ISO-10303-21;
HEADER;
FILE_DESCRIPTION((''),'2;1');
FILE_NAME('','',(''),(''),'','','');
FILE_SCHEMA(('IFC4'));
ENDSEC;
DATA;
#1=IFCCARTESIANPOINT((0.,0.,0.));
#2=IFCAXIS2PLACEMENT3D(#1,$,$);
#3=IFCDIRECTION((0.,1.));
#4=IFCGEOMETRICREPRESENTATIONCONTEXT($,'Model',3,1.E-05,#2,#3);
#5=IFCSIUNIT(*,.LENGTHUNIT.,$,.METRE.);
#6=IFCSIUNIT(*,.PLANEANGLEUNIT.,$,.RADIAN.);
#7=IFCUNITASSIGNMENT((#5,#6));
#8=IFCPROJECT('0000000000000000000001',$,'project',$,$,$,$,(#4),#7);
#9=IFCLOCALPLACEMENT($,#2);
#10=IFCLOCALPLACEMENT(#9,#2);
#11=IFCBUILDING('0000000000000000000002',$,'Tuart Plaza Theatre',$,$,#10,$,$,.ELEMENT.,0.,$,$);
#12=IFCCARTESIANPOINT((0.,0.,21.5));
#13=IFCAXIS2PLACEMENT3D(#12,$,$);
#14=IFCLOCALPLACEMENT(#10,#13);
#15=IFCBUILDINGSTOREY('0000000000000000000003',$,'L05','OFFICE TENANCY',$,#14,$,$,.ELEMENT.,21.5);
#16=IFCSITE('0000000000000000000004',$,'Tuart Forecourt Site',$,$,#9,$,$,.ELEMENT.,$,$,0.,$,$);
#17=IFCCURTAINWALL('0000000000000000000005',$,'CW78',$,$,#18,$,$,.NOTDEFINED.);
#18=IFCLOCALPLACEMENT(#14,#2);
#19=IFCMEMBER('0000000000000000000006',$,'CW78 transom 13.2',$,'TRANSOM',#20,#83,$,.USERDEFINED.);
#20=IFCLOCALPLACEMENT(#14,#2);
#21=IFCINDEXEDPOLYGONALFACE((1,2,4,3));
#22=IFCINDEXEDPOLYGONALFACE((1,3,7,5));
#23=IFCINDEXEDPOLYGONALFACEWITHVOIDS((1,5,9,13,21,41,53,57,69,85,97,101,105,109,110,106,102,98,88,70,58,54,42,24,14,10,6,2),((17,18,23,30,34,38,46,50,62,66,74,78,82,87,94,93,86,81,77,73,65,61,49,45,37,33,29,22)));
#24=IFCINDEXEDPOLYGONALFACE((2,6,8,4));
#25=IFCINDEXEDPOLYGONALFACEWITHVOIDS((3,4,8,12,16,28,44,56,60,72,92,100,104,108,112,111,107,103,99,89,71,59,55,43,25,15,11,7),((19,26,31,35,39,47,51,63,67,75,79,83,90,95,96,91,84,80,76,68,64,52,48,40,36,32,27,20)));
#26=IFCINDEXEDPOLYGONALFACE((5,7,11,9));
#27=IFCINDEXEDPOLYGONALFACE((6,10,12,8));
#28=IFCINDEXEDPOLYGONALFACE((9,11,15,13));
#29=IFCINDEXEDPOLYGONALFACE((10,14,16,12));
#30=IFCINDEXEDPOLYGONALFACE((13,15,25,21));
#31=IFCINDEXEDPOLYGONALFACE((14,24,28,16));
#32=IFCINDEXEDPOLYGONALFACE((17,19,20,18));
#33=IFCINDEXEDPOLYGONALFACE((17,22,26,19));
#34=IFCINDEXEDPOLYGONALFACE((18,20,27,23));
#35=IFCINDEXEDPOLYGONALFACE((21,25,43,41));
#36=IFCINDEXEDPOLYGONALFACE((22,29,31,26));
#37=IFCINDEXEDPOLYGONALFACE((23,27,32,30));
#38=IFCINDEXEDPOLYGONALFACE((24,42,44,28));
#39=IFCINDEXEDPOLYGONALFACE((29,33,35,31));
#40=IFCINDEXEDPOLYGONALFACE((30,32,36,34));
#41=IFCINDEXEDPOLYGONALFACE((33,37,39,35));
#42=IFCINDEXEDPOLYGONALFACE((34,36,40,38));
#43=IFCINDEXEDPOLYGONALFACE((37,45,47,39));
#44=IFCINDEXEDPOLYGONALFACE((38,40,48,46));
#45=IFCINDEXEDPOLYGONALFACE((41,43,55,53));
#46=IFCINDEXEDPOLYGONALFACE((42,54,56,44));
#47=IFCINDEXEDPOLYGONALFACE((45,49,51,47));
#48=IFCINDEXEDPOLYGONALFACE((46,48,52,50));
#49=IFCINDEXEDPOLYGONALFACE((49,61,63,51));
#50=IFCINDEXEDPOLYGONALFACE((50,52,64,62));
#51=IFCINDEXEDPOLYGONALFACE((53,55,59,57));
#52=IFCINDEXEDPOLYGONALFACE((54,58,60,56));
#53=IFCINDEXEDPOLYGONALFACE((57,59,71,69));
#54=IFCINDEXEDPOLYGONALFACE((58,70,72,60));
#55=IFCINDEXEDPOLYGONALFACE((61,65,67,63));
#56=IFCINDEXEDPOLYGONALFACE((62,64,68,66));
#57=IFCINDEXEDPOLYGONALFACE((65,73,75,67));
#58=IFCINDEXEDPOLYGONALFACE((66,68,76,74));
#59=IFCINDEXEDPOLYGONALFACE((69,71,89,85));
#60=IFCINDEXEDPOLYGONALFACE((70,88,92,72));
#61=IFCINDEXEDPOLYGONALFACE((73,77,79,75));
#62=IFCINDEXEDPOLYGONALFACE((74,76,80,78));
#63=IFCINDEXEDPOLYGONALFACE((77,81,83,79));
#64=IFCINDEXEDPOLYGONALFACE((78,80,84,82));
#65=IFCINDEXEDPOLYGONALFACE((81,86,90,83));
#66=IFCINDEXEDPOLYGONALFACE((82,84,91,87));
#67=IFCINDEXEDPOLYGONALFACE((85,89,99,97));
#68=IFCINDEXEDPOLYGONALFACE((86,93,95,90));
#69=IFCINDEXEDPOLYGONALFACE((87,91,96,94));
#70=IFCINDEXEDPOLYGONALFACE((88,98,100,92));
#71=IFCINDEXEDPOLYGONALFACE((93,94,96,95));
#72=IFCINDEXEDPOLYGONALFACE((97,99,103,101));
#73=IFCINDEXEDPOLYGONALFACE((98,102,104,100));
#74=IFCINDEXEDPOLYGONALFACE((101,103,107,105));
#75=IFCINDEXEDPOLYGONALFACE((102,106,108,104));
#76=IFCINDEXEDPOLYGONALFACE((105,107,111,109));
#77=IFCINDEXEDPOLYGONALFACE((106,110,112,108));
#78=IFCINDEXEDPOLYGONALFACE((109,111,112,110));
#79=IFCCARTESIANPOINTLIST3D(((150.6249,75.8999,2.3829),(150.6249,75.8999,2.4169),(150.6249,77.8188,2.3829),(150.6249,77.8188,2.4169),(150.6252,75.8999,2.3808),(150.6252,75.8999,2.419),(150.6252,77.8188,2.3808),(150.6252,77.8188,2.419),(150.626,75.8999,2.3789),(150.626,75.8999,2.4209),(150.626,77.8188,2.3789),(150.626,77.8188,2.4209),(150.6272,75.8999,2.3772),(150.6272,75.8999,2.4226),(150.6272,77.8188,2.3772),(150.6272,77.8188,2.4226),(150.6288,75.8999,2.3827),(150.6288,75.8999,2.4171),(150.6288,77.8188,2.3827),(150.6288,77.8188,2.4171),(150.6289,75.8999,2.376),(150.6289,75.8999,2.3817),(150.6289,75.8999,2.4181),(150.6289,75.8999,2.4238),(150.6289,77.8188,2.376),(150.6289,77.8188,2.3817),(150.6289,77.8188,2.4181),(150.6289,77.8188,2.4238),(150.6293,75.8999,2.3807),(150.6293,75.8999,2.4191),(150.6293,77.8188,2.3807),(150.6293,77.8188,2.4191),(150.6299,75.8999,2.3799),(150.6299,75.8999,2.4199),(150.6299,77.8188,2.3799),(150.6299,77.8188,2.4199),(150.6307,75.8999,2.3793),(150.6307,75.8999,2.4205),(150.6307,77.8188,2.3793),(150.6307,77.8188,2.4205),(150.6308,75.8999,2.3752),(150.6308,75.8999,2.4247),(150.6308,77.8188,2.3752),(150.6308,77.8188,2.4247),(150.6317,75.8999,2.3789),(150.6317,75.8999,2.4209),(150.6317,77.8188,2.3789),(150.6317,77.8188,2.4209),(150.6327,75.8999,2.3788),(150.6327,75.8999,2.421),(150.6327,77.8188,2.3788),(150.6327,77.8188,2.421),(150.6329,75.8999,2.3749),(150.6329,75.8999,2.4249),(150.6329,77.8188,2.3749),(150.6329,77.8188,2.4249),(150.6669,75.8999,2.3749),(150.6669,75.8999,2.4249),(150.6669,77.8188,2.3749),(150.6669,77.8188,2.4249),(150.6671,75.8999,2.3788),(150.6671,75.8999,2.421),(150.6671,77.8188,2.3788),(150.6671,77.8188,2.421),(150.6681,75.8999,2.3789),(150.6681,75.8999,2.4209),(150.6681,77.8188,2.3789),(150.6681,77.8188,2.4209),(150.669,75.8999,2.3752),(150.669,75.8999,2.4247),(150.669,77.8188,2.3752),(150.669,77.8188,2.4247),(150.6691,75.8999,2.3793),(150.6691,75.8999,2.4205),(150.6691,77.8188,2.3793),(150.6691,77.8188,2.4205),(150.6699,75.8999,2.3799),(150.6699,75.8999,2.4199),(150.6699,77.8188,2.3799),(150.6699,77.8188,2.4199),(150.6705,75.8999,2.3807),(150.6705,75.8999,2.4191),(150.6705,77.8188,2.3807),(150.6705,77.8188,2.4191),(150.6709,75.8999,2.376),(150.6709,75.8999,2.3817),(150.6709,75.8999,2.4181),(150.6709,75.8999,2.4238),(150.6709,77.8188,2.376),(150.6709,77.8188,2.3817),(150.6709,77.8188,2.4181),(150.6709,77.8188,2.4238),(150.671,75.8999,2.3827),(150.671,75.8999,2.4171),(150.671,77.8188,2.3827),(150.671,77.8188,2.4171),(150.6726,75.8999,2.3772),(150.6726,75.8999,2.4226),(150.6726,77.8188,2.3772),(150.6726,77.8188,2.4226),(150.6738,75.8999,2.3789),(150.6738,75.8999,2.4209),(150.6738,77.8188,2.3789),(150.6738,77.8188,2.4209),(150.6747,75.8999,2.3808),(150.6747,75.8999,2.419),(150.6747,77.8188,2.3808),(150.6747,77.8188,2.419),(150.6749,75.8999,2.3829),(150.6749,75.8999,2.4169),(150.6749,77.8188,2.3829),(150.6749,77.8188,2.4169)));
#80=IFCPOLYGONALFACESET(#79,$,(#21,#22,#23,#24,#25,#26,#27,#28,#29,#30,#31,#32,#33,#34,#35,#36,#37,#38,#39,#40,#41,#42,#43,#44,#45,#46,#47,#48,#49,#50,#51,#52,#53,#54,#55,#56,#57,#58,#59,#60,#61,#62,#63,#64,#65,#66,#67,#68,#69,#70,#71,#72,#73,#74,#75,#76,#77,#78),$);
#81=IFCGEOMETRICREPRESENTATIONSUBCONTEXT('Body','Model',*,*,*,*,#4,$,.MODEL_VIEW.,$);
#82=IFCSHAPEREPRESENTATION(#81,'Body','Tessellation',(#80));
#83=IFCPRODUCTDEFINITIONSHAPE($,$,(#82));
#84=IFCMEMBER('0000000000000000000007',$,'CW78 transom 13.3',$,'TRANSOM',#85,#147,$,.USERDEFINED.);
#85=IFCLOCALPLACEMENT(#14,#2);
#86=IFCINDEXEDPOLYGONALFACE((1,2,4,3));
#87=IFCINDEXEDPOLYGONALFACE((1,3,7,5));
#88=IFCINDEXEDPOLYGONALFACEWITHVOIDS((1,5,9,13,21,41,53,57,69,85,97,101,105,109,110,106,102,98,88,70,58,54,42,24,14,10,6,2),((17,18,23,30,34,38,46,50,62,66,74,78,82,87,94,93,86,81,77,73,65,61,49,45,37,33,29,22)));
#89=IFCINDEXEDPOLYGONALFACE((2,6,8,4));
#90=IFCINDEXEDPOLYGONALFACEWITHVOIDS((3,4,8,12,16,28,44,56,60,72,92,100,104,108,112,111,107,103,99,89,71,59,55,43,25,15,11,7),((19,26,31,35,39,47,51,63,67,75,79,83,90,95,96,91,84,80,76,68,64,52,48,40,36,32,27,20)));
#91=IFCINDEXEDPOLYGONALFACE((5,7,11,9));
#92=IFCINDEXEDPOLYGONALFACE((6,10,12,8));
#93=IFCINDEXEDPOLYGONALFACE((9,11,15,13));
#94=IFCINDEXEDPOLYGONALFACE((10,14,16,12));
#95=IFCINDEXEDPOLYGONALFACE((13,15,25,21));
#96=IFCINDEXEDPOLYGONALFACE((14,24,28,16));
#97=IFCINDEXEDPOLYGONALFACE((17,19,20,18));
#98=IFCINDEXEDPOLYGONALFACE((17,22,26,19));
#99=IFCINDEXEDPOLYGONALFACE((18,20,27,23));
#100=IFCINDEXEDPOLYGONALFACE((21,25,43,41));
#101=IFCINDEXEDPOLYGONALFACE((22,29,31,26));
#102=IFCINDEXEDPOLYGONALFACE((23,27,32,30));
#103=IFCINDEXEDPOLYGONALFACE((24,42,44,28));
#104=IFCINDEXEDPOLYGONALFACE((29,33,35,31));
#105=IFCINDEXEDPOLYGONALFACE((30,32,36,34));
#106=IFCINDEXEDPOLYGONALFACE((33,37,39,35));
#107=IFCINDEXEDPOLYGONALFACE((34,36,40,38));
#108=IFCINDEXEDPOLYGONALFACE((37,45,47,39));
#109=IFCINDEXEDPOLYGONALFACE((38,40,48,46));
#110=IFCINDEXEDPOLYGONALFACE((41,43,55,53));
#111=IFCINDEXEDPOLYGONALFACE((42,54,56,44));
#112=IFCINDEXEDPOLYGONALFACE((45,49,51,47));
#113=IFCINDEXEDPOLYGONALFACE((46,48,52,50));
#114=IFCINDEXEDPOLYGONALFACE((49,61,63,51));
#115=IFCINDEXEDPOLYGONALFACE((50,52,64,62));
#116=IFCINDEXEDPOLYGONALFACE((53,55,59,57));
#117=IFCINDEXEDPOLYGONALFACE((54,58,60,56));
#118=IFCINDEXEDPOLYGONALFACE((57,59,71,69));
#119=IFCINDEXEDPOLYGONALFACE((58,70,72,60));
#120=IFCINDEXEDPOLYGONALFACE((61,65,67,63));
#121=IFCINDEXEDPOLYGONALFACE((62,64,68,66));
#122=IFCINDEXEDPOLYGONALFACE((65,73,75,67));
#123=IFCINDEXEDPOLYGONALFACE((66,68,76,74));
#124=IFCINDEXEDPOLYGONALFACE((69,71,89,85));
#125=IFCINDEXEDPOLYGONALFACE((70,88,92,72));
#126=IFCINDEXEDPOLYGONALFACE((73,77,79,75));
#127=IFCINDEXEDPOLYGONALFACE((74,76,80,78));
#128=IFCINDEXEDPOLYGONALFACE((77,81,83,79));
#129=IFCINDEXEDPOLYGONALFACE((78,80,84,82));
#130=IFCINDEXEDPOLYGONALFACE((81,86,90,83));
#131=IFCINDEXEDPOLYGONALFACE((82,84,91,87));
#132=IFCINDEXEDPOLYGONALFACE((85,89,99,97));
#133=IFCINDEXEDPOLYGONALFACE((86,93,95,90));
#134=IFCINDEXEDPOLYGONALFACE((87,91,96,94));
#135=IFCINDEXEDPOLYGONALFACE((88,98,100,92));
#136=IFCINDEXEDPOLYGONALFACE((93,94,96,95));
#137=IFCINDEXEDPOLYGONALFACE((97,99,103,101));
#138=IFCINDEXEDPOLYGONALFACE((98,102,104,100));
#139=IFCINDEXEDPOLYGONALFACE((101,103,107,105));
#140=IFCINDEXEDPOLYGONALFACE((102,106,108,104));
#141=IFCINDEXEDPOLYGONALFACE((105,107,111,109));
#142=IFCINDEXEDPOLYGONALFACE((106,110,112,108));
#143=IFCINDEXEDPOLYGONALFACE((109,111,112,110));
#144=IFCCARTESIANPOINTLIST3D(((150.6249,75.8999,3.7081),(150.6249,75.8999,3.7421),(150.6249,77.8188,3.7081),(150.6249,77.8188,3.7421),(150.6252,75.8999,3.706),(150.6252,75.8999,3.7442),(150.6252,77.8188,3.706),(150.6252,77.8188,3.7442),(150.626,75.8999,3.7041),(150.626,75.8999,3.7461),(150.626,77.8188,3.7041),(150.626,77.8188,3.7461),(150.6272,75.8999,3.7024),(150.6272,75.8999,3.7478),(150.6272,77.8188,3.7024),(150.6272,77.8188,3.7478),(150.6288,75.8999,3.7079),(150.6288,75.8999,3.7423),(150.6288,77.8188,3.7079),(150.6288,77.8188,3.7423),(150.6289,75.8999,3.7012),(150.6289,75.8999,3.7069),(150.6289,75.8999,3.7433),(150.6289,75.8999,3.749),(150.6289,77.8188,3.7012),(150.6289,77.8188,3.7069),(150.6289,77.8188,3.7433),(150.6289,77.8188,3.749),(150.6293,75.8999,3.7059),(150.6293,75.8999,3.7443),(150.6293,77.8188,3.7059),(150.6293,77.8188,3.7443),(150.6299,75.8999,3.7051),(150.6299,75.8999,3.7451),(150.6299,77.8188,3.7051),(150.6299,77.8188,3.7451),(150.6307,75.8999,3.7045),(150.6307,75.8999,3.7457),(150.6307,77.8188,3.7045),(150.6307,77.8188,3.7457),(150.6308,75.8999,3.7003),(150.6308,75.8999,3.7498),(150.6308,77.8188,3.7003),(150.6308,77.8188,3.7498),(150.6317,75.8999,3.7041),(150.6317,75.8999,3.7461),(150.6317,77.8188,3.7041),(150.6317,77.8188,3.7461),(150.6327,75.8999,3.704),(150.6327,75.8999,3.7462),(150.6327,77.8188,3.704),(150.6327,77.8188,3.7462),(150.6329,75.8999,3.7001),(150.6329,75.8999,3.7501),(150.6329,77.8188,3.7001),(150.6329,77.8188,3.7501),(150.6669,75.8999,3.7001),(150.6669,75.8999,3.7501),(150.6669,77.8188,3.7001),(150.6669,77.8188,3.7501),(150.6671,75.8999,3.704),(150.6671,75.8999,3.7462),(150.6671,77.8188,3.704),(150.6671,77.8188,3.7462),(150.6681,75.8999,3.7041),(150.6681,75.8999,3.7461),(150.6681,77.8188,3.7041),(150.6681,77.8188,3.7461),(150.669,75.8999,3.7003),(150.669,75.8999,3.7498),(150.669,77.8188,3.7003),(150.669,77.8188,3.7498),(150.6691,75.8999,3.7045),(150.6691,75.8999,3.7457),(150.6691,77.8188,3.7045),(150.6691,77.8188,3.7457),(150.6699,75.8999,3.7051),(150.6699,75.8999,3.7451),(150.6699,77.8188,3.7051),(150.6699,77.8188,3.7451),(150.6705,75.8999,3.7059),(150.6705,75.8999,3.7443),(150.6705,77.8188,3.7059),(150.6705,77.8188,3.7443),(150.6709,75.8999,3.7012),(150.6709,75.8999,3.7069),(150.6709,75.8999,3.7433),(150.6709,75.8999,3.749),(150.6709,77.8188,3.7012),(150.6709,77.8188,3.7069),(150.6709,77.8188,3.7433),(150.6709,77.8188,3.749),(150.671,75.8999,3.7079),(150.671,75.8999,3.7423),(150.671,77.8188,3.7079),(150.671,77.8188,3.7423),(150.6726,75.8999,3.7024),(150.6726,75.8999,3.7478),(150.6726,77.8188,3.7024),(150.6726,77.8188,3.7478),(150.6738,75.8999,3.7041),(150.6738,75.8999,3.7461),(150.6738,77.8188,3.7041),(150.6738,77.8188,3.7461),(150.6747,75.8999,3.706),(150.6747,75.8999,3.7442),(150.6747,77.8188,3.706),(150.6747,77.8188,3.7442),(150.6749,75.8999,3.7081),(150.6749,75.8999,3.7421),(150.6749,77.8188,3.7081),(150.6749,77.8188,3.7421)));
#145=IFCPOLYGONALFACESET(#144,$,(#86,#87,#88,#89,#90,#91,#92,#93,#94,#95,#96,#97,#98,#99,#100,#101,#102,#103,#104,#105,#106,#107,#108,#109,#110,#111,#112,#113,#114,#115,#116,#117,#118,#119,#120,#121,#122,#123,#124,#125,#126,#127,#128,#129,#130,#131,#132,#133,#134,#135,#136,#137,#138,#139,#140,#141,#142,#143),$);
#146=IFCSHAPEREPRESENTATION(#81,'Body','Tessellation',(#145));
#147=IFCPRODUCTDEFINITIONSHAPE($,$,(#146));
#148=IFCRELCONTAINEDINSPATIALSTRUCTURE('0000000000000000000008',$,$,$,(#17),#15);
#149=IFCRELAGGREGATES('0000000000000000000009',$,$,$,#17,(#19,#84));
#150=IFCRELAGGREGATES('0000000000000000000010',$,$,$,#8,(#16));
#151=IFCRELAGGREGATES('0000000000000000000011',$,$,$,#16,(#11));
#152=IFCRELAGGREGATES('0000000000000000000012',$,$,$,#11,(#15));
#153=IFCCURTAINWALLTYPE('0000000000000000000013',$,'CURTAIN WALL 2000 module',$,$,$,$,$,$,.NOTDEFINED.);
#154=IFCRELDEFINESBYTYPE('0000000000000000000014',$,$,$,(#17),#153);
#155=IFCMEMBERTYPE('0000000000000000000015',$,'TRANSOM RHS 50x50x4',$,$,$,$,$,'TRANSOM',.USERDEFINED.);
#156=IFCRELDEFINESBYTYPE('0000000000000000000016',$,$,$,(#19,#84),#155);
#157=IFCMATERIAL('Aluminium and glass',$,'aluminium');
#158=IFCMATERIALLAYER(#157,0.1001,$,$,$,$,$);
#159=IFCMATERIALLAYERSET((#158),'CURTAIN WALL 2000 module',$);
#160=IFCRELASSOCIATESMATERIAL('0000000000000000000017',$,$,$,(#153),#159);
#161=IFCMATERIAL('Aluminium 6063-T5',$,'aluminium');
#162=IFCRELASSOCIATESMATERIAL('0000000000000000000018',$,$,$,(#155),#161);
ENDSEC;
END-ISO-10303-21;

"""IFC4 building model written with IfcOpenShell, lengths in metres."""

from ifc_helpers import new_model, si_unit, direction, frame, origin, origin_2d, place, context, subcontext, project, spatial, hollow_rectangle, extrude, material, layer, layer_set, material_profile, profile_set, type_object, element, aggregate, save


model = new_model("IFC4")

# Units and contexts
model_context = context("Model", 3, precision=1e-05, world=origin(), true_north=direction((0.0, 1.0)))
body_context = subcontext(model_context, "Body", "Model", "MODEL_VIEW")
ifc_project = project(units=[si_unit("LENGTHUNIT", "METRE"), si_unit("PLANEANGLEUNIT", "RADIAN")], contexts=[model_context])

# Site, building, storey
site_placement = place(None, origin())
site = spatial("IfcSite", under=ifc_project, at=site_placement, Name="Tuart Forecourt Site", CompositionType="ELEMENT", RefElevation=0.0)
building_placement = place(site_placement, origin())
building = spatial("IfcBuilding", under=site, at=building_placement, Name="Tuart Plaza Theatre", CompositionType="ELEMENT", ElevationOfRefHeight=0.0)
storey_placement = place(building_placement, frame((0.0, 0.0, 21.5)))
storey = spatial("IfcBuildingStorey", under=building, at=storey_placement, Name="L05", Description="OFFICE TENANCY", CompositionType="ELEMENT", Elevation=21.5)

# Curtain wall, members
ifc_material_1 = material(Name="Aluminium and glass", Category="aluminium")
ifc_layer_1 = layer(ifc_material_1, 0.1001)
ifc_layer_set_1 = layer_set([ifc_layer_1], Name="CURTAIN WALL 2000 module")
curtain_wall_type = type_object("IfcCurtainWallType", Name="CURTAIN WALL 2000 module", PredefinedType="NOTDEFINED", material=ifc_layer_set_1)
curtain_wall_placement = place(storey_placement, origin())
curtain_wall = element("IfcCurtainWall", 1, at=curtain_wall_placement, inside=storey, type_object=curtain_wall_type, Name="CW78", PredefinedType="NOTDEFINED")
ifc_material_2 = material(Name="Aluminium 6063-T5", Category="aluminium")
ifc_material_profile_1 = material_profile(ifc_material_2, hollow_rectangle(XDim=0.05, YDim=0.05, WallThickness=0.0039, InnerFilletRadius=0.0039, OuterFilletRadius=0.0081, at=origin_2d()), Name="RHS 50x50x4")
ifc_profile_set_1 = profile_set([ifc_material_profile_1], Name="Aluminium 6063-T5")
member_type_1 = type_object("IfcMemberType", Name="TRANSOM RHS 50x50x4", ElementType="TRANSOM", PredefinedType="USERDEFINED", material=ifc_profile_set_1)
member_1_placement = place(storey_placement, frame((150.6499, 75.8999, 2.3999), z_axis=(0.0, 1.0, 0.0), x_axis=(-1.0, 0.0, 0.0)))
member_1 = element("IfcMember", 2, at=member_1_placement, type_object=member_type_1, Name="CW78 transom 13.2", ObjectType="TRANSOM", PredefinedType="USERDEFINED", context=body_context, shape_type="SweptSolid", body=[
    extrude(hollow_rectangle(XDim=0.05, YDim=0.05, WallThickness=0.0039, InnerFilletRadius=0.0039, OuterFilletRadius=0.0081, at=origin_2d()), origin(), (0.0, 0.0, 1.0), 1.9189),
])
member_2_placement = place(storey_placement, frame((150.6499, 75.8999, 3.7251), z_axis=(0.0, 1.0, 0.0), x_axis=(-1.0, 0.0, 0.0)))
member_2 = element("IfcMember", 3, at=member_2_placement, type_object=member_type_1, Name="CW78 transom 13.3", ObjectType="TRANSOM", PredefinedType="USERDEFINED", context=body_context, shape_type="SweptSolid", body=[
    extrude(hollow_rectangle(XDim=0.05, YDim=0.05, WallThickness=0.0039, InnerFilletRadius=0.0039, OuterFilletRadius=0.0081, at=origin_2d()), origin(), (0.0, 0.0, 1.0), 1.9189),
])
aggregate(curtain_wall, [member_1, member_2])

save(model, "model.ifc")
